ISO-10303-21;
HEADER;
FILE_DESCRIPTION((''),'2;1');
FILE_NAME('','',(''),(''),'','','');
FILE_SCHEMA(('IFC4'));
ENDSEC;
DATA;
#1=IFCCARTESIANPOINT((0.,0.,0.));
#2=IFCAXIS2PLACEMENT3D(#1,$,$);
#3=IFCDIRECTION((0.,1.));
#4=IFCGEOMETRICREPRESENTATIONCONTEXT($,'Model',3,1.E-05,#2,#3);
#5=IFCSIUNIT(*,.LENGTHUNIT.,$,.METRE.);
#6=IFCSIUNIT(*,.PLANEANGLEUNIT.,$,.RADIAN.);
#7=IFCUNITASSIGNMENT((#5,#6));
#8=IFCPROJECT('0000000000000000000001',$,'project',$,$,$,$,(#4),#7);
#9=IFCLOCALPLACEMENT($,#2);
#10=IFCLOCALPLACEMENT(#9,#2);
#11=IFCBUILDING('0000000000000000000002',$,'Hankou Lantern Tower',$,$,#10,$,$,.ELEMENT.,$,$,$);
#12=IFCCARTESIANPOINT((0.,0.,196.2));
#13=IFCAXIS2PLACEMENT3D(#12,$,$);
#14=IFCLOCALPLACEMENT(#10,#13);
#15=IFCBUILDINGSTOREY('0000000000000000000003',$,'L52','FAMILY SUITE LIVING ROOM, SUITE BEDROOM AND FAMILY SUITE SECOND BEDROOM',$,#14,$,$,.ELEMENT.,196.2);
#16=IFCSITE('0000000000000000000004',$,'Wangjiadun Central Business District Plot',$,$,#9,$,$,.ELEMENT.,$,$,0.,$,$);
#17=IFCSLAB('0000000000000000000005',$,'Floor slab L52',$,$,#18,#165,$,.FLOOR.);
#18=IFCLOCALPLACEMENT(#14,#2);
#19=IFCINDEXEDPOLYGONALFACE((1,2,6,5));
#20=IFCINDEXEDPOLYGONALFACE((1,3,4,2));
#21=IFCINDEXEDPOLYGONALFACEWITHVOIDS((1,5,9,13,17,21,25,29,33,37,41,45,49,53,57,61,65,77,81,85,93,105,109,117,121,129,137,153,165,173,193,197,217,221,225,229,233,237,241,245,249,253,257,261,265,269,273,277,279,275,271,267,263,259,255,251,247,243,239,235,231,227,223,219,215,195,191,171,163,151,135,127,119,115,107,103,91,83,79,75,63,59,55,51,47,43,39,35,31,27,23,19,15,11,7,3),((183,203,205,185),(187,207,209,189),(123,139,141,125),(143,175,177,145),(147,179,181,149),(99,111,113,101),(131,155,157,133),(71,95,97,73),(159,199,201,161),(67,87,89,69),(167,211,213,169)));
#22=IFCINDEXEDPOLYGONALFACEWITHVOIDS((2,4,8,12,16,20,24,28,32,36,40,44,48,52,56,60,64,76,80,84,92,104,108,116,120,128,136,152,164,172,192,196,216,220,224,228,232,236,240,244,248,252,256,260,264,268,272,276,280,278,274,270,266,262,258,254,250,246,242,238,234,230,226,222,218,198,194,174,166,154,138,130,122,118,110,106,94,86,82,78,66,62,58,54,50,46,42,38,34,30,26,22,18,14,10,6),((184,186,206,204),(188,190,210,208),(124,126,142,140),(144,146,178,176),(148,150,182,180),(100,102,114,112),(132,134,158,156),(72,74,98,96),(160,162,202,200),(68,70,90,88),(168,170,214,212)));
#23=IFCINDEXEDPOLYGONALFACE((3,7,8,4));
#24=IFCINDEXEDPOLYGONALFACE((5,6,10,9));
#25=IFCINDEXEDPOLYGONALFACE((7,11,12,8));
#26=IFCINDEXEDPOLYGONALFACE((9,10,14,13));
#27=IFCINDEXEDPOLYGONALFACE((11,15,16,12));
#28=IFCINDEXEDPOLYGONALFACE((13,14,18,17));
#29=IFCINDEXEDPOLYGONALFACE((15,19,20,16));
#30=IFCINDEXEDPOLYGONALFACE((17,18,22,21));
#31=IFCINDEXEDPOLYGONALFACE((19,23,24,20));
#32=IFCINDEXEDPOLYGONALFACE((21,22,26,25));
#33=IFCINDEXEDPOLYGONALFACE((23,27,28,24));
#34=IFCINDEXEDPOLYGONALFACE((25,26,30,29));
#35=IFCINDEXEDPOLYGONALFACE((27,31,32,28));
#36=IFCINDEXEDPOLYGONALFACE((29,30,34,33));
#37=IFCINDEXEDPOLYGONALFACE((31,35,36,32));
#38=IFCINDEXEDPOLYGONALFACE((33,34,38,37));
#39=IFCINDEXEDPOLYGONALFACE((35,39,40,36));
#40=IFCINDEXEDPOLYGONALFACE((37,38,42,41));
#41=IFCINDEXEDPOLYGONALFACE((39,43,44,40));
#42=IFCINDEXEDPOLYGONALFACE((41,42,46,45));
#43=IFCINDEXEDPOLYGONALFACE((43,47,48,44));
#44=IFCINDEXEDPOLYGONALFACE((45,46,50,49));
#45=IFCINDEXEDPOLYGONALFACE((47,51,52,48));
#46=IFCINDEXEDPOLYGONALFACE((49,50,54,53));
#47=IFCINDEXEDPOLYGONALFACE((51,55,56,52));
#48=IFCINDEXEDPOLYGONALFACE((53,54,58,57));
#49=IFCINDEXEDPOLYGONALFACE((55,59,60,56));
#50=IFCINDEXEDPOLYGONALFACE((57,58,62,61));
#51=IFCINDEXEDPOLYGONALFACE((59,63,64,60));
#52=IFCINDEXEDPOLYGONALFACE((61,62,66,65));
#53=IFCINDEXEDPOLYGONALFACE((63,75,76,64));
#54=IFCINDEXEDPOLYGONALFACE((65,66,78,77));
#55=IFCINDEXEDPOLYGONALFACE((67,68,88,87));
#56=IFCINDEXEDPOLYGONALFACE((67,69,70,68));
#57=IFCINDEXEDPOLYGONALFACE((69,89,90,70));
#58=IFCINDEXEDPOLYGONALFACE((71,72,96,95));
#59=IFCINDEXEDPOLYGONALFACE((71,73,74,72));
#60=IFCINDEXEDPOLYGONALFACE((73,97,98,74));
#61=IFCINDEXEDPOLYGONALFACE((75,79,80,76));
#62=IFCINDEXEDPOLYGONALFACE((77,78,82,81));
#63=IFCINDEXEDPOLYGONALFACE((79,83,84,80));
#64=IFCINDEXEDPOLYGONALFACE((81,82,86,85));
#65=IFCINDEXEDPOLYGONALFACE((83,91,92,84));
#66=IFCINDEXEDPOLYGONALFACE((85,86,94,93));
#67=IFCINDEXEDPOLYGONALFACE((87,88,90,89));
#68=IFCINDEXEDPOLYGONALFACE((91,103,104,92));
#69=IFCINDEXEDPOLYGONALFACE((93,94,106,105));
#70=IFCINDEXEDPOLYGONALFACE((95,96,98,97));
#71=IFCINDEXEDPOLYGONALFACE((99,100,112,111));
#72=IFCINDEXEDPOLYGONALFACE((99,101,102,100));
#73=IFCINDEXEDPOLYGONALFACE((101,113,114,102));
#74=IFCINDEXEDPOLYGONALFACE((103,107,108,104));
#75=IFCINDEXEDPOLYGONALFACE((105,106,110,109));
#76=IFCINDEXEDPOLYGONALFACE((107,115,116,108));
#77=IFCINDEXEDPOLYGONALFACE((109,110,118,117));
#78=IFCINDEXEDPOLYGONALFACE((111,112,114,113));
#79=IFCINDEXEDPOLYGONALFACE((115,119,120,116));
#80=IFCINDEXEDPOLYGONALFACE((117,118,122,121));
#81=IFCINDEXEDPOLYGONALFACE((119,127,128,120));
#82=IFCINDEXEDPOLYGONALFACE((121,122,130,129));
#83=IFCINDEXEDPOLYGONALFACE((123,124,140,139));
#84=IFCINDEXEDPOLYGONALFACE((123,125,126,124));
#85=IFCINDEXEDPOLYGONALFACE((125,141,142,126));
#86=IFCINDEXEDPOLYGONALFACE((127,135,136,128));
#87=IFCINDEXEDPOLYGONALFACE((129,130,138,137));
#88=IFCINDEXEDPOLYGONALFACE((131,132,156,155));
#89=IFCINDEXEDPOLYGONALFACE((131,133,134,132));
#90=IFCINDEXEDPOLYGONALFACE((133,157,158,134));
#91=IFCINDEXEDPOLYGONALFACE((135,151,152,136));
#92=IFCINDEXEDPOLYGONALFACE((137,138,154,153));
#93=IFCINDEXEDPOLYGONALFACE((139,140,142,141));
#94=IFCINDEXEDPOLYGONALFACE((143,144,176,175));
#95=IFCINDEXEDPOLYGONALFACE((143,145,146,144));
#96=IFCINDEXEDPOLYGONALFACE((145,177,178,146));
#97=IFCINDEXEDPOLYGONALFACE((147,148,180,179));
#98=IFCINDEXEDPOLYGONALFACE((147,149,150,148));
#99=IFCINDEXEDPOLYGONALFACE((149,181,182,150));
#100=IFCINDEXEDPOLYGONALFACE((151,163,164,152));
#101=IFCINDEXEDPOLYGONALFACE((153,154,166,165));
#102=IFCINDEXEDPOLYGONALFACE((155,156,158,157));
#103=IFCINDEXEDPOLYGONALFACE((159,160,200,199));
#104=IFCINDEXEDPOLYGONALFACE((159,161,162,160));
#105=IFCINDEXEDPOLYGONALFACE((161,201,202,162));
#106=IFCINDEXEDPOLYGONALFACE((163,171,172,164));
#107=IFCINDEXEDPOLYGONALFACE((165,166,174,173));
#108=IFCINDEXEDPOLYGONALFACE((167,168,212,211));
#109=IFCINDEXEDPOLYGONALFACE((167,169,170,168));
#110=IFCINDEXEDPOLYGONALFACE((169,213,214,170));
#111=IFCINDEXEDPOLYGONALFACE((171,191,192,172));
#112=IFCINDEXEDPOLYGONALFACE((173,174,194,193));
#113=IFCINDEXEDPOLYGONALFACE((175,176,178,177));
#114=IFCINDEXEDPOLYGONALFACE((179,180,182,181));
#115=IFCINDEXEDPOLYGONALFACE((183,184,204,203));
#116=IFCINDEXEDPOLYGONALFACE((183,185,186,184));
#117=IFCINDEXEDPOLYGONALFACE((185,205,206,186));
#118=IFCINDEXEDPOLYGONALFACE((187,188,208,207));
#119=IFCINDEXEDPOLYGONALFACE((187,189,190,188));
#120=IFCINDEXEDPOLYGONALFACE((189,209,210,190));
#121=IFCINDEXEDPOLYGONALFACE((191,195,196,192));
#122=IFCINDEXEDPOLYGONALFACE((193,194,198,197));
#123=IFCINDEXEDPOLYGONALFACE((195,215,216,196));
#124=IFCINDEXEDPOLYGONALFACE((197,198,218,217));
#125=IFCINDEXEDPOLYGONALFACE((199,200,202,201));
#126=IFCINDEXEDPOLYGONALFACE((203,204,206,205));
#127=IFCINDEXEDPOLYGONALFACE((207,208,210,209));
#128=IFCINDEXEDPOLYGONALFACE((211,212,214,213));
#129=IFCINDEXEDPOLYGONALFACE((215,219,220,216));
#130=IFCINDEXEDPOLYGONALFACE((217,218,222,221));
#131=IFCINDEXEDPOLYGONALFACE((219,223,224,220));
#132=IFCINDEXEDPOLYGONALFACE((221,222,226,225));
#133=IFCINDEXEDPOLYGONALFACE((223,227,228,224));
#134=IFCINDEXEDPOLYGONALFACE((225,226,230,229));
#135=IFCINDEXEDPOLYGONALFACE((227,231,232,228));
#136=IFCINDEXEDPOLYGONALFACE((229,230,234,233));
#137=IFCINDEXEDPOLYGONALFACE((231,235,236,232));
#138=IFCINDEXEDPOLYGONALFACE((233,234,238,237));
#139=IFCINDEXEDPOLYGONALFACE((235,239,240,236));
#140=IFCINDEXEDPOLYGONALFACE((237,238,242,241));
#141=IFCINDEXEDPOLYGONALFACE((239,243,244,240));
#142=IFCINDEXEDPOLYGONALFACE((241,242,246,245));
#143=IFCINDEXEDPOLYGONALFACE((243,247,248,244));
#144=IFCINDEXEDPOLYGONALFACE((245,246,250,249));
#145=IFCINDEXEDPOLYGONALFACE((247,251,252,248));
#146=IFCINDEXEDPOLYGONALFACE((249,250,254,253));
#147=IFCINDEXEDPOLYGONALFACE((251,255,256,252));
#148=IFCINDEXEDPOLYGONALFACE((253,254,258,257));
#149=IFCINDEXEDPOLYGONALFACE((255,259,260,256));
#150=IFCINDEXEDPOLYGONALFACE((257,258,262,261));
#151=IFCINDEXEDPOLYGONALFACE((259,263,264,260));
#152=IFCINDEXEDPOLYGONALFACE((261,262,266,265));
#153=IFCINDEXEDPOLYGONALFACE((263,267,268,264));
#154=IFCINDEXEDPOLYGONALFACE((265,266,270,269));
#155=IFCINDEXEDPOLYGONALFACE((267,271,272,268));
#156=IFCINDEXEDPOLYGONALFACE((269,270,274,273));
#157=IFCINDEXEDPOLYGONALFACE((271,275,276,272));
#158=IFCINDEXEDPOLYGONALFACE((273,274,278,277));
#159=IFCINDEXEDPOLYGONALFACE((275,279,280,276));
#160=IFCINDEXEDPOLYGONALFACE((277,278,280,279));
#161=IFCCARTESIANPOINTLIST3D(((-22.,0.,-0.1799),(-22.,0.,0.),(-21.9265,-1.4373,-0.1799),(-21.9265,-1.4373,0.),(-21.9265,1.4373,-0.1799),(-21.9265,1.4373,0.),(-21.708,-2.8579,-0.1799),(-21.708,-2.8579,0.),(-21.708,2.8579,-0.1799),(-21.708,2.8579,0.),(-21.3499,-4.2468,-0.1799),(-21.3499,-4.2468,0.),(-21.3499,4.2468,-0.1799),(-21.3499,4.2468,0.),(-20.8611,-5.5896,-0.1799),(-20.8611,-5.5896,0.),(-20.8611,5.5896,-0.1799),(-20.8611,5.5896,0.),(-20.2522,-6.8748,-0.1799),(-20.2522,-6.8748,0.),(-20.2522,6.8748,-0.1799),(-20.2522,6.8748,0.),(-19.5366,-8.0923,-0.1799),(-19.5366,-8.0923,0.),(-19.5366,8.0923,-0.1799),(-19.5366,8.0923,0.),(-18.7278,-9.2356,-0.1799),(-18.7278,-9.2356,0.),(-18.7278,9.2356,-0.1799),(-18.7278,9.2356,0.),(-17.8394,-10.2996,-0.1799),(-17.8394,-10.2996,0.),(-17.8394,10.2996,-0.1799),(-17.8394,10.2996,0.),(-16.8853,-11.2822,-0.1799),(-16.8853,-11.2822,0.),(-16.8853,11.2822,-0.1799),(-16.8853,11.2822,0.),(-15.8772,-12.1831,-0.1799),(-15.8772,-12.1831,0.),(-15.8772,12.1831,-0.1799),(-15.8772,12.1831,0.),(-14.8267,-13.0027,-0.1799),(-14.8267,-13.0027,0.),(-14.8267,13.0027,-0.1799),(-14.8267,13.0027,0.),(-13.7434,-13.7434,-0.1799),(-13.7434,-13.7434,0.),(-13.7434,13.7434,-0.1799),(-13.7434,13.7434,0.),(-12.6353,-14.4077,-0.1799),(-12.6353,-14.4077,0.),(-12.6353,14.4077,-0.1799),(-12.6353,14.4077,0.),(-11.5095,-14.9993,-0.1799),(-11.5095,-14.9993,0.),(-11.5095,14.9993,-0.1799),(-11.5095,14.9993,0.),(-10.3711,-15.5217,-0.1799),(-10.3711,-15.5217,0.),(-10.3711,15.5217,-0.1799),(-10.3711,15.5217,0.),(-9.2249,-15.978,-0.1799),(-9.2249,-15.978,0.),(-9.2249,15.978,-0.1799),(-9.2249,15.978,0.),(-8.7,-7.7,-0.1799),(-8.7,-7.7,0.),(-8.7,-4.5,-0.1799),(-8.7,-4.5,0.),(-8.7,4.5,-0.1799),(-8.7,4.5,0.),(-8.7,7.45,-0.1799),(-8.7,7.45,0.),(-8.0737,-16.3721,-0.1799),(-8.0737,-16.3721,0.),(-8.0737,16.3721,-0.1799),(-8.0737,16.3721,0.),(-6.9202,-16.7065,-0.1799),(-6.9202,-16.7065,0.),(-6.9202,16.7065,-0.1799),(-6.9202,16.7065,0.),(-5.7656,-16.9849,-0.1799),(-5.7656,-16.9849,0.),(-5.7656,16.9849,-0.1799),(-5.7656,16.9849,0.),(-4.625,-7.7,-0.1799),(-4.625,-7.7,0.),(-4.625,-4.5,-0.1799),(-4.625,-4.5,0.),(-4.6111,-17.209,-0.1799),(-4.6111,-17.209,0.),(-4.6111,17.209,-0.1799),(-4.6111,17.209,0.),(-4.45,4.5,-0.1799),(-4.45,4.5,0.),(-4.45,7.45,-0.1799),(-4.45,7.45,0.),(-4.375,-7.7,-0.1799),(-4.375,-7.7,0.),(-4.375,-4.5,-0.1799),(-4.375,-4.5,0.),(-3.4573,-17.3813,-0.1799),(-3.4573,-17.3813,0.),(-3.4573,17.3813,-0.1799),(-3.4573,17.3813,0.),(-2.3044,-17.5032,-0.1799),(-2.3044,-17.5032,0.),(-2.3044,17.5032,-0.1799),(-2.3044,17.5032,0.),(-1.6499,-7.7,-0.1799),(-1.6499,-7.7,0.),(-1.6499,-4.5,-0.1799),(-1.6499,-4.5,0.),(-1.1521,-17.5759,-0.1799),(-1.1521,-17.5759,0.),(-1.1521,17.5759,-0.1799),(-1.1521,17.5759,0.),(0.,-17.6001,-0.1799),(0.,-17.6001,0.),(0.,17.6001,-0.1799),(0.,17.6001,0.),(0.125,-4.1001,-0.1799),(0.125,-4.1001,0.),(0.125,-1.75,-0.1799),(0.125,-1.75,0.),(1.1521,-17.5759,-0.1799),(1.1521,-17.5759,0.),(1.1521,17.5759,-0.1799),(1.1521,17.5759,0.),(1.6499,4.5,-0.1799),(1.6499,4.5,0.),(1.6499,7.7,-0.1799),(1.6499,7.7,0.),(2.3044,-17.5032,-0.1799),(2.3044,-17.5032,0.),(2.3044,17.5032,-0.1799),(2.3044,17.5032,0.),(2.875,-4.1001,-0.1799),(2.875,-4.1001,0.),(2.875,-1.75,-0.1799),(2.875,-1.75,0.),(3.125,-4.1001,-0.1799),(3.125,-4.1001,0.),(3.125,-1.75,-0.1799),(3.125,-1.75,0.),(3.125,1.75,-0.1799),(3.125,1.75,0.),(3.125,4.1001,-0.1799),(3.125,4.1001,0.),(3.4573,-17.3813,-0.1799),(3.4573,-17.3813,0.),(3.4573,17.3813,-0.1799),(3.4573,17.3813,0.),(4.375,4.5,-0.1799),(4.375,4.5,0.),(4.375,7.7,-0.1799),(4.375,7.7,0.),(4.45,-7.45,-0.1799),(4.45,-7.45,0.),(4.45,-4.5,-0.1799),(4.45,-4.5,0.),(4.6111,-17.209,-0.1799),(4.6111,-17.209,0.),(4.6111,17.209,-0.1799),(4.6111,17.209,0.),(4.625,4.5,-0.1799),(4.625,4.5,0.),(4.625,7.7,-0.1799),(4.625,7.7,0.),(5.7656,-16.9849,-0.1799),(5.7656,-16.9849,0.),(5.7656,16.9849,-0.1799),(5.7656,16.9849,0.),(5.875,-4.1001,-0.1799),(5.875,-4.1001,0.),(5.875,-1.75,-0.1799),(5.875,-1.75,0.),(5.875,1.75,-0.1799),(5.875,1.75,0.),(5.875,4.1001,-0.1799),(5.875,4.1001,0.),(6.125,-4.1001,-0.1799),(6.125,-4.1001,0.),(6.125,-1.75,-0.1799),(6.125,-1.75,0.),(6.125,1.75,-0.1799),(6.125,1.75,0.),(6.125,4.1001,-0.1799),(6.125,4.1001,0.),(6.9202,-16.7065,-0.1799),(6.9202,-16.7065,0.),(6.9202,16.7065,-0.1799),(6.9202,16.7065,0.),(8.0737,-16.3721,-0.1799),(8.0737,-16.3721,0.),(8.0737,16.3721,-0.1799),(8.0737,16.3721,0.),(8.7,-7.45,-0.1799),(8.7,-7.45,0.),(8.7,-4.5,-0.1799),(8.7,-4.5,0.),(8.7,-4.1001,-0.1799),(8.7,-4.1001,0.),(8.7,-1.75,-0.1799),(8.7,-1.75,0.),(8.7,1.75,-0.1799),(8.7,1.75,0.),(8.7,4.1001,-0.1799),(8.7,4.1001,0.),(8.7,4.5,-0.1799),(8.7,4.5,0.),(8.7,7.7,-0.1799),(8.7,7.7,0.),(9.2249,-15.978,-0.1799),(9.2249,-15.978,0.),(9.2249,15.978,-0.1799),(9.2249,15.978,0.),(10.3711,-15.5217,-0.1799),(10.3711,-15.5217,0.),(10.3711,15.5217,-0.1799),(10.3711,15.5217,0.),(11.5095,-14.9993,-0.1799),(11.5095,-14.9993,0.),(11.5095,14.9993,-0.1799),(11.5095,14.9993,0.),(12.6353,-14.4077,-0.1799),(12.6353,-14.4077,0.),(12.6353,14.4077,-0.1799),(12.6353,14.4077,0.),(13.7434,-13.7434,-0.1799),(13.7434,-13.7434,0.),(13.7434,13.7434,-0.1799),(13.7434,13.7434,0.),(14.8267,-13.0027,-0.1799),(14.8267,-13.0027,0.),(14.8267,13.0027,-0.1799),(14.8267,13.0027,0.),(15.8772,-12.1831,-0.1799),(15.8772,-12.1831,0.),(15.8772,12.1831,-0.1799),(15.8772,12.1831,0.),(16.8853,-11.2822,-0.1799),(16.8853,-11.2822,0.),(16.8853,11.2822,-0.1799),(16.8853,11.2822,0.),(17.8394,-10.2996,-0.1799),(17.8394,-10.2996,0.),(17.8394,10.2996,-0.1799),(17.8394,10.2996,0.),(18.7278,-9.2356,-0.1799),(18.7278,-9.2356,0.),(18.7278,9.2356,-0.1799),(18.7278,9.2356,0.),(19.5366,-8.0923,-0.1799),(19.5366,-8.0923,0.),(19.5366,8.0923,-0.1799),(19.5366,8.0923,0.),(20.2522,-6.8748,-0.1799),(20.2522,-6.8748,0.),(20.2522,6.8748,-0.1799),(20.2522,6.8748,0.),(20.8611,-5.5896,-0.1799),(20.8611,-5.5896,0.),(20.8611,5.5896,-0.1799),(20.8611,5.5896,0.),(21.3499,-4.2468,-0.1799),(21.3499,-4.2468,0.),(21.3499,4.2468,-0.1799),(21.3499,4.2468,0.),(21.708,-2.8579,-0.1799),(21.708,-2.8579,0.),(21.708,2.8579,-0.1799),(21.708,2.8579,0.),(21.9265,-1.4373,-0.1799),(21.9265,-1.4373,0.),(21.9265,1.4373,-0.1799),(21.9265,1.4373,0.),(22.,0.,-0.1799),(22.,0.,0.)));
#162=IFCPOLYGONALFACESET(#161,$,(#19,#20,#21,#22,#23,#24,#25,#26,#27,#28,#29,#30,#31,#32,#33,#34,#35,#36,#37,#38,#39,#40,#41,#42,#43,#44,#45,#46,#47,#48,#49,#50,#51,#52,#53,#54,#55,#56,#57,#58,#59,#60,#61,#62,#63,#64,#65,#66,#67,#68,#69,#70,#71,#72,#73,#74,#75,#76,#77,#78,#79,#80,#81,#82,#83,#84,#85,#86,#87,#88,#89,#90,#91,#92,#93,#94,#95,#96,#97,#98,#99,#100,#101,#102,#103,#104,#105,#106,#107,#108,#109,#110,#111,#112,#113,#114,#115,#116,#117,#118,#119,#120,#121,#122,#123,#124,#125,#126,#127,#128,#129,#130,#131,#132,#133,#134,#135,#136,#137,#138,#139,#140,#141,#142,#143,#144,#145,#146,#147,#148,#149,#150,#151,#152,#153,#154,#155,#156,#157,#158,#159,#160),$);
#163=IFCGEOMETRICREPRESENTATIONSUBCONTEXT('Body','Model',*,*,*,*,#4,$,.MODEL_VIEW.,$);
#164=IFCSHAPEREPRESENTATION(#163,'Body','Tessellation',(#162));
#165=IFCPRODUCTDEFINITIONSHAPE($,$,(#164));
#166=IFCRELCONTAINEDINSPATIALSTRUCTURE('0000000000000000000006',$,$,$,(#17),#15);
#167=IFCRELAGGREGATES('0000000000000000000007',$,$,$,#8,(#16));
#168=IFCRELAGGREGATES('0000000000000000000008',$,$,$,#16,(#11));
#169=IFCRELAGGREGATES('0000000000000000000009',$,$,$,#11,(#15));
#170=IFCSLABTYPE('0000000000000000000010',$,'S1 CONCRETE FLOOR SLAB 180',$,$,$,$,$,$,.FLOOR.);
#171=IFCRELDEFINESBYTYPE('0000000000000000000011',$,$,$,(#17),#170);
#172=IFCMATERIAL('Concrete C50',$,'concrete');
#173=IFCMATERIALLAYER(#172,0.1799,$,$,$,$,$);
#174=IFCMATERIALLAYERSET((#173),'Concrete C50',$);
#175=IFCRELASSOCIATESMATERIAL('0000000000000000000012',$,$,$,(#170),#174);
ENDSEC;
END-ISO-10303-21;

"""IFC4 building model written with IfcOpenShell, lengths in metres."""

from ifc_helpers import new_model, si_unit, direction, frame, origin, place, context, subcontext, project, spatial, polyline, outline, extrude, material, layer, layer_set, type_object, element, save


model = new_model("IFC4")

# Units and contexts
model_context = context("Model", 3, precision=1e-05, world=origin(), true_north=direction((0.0, 1.0)))
body_context = subcontext(model_context, "Body", "Model", "MODEL_VIEW")
ifc_project = project(units=[si_unit("LENGTHUNIT", "METRE"), si_unit("PLANEANGLEUNIT", "RADIAN")], contexts=[model_context])

# Site, building, storey
site_placement = place(None, origin())
site = spatial("IfcSite", under=ifc_project, at=site_placement, Name="Wangjiadun Central Business District Plot", CompositionType="ELEMENT", RefElevation=0.0)
building_placement = place(site_placement, origin())
building = spatial("IfcBuilding", under=site, at=building_placement, Name="Hankou Lantern Tower", CompositionType="ELEMENT")
storey_placement = place(building_placement, frame((0.0, 0.0, 196.2)))
storey = spatial("IfcBuildingStorey", under=building, at=storey_placement, Name="L52", Description="FAMILY SUITE LIVING ROOM, SUITE BEDROOM AND FAMILY SUITE SECOND BEDROOM", CompositionType="ELEMENT", Elevation=196.2)

# Slab
ifc_material_1 = material(Name="Concrete C50", Category="concrete")
ifc_layer_1 = layer(ifc_material_1, 0.1799)
ifc_layer_set_1 = layer_set([ifc_layer_1], Name="Concrete C50")
slab_type = type_object("IfcSlabType", Name="S1 CONCRETE FLOOR SLAB 180", PredefinedType="FLOOR", material=ifc_layer_set_1)
slab_placement = place(storey_placement, frame((0.0, 0.0, -0.1799)))
element("IfcSlab", 1, at=slab_placement, inside=storey, type_object=slab_type, Name="Floor slab L52", PredefinedType="FLOOR", context=body_context, shape_type="SweptSolid", body=[
    extrude(outline(polyline([(22.0, 0.0), (21.9265, 1.4373), (21.708, 2.8579), (21.3499, 4.2468), (20.8611, 5.5896), (20.2522, 6.8748), (19.5366, 8.0923), (18.7278, 9.2356), (17.8394, 10.2996), (16.8853, 11.2822), (15.8772, 12.1831), (14.8267, 13.0027), (13.7434, 13.7434), (12.6353, 14.4077), (11.5095, 14.9993), (10.3711, 15.5217), (9.2249, 15.978), (8.0737, 16.3721), (6.9202, 16.7065), (5.7656, 16.9849), (4.6111, 17.209), (3.4573, 17.3813), (2.3044, 17.5032), (1.1521, 17.5759), (0.0, 17.6001), (-1.1521, 17.5759), (-2.3044, 17.5032), (-3.4573, 17.3813), (-4.6111, 17.209), (-5.7656, 16.9849), (-6.9202, 16.7065), (-8.0737, 16.3721), (-9.2249, 15.978), (-10.3711, 15.5217), (-11.5095, 14.9993), (-12.6353, 14.4077), (-13.7434, 13.7434), (-14.8267, 13.0027), (-15.8772, 12.1831), (-16.8853, 11.2822), (-17.8394, 10.2996), (-18.7278, 9.2356), (-19.5366, 8.0923), (-20.2522, 6.8748), (-20.8611, 5.5896), (-21.3499, 4.2468), (-21.708, 2.8579), (-21.9265, 1.4373), (-22.0, 0.0), (-21.9265, -1.4373), (-21.708, -2.8579), (-21.3499, -4.2468), (-20.8611, -5.5896), (-20.2522, -6.8748), (-19.5366, -8.0923), (-18.7278, -9.2356), (-17.8394, -10.2996), (-16.8853, -11.2822), (-15.8772, -12.1831), (-14.8267, -13.0027), (-13.7434, -13.7434), (-12.6353, -14.4077), (-11.5095, -14.9993), (-10.3711, -15.5217), (-9.2249, -15.978), (-8.0737, -16.3721), (-6.9202, -16.7065), (-5.7656, -16.9849), (-4.6111, -17.209), (-3.4573, -17.3813), (-2.3044, -17.5032), (-1.1521, -17.5759), (0.0, -17.6001), (1.1521, -17.5759), (2.3044, -17.5032), (3.4573, -17.3813), (4.6111, -17.209), (5.7656, -16.9849), (6.9202, -16.7065), (8.0737, -16.3721), (9.2249, -15.978), (10.3711, -15.5217), (11.5095, -14.9993), (12.6353, -14.4077), (13.7434, -13.7434), (14.8267, -13.0027), (15.8772, -12.1831), (16.8853, -11.2822), (17.8394, -10.2996), (18.7278, -9.2356), (19.5366, -8.0923), (20.2522, -6.8748), (20.8611, -5.5896), (21.3499, -4.2468), (21.708, -2.8579), (21.9265, -1.4373), (22.0, 0.0)]), holes=[polyline([(3.125, 4.1001), (5.875, 4.1001), (5.875, 1.75), (3.125, 1.75), (3.125, 4.1001)]), polyline([(6.125, 4.1001), (8.7, 4.1001), (8.7, 1.75), (6.125, 1.75), (6.125, 4.1001)]), polyline([(0.125, -1.75), (2.875, -1.75), (2.875, -4.1001), (0.125, -4.1001), (0.125, -1.75)]), polyline([(3.125, -1.75), (5.875, -1.75), (5.875, -4.1001), (3.125, -4.1001), (3.125, -1.75)]), polyline([(6.125, -1.75), (8.7, -1.75), (8.7, -4.1001), (6.125, -4.1001), (6.125, -1.75)]), polyline([(1.6499, 7.7), (4.375, 7.7), (4.375, 4.5), (1.6499, 4.5), (1.6499, 7.7)]), polyline([(-4.375, -4.5), (-1.6499, -4.5), (-1.6499, -7.7), (-4.375, -7.7), (-4.375, -4.5)]), polyline([(-8.7, 7.45), (-4.45, 7.45), (-4.45, 4.5), (-8.7, 4.5), (-8.7, 7.45)]), polyline([(4.45, -4.5), (8.7, -4.5), (8.7, -7.45), (4.45, -7.45), (4.45, -4.5)]), polyline([(4.625, 7.7), (8.7, 7.7), (8.7, 4.5), (4.625, 4.5), (4.625, 7.7)]), polyline([(-8.7, -4.5), (-4.625, -4.5), (-4.625, -7.7), (-8.7, -7.7), (-8.7, -4.5)])]), origin(), (0.0, 0.0, 1.0), 0.1799),
])

save(model, "model.ifc")
